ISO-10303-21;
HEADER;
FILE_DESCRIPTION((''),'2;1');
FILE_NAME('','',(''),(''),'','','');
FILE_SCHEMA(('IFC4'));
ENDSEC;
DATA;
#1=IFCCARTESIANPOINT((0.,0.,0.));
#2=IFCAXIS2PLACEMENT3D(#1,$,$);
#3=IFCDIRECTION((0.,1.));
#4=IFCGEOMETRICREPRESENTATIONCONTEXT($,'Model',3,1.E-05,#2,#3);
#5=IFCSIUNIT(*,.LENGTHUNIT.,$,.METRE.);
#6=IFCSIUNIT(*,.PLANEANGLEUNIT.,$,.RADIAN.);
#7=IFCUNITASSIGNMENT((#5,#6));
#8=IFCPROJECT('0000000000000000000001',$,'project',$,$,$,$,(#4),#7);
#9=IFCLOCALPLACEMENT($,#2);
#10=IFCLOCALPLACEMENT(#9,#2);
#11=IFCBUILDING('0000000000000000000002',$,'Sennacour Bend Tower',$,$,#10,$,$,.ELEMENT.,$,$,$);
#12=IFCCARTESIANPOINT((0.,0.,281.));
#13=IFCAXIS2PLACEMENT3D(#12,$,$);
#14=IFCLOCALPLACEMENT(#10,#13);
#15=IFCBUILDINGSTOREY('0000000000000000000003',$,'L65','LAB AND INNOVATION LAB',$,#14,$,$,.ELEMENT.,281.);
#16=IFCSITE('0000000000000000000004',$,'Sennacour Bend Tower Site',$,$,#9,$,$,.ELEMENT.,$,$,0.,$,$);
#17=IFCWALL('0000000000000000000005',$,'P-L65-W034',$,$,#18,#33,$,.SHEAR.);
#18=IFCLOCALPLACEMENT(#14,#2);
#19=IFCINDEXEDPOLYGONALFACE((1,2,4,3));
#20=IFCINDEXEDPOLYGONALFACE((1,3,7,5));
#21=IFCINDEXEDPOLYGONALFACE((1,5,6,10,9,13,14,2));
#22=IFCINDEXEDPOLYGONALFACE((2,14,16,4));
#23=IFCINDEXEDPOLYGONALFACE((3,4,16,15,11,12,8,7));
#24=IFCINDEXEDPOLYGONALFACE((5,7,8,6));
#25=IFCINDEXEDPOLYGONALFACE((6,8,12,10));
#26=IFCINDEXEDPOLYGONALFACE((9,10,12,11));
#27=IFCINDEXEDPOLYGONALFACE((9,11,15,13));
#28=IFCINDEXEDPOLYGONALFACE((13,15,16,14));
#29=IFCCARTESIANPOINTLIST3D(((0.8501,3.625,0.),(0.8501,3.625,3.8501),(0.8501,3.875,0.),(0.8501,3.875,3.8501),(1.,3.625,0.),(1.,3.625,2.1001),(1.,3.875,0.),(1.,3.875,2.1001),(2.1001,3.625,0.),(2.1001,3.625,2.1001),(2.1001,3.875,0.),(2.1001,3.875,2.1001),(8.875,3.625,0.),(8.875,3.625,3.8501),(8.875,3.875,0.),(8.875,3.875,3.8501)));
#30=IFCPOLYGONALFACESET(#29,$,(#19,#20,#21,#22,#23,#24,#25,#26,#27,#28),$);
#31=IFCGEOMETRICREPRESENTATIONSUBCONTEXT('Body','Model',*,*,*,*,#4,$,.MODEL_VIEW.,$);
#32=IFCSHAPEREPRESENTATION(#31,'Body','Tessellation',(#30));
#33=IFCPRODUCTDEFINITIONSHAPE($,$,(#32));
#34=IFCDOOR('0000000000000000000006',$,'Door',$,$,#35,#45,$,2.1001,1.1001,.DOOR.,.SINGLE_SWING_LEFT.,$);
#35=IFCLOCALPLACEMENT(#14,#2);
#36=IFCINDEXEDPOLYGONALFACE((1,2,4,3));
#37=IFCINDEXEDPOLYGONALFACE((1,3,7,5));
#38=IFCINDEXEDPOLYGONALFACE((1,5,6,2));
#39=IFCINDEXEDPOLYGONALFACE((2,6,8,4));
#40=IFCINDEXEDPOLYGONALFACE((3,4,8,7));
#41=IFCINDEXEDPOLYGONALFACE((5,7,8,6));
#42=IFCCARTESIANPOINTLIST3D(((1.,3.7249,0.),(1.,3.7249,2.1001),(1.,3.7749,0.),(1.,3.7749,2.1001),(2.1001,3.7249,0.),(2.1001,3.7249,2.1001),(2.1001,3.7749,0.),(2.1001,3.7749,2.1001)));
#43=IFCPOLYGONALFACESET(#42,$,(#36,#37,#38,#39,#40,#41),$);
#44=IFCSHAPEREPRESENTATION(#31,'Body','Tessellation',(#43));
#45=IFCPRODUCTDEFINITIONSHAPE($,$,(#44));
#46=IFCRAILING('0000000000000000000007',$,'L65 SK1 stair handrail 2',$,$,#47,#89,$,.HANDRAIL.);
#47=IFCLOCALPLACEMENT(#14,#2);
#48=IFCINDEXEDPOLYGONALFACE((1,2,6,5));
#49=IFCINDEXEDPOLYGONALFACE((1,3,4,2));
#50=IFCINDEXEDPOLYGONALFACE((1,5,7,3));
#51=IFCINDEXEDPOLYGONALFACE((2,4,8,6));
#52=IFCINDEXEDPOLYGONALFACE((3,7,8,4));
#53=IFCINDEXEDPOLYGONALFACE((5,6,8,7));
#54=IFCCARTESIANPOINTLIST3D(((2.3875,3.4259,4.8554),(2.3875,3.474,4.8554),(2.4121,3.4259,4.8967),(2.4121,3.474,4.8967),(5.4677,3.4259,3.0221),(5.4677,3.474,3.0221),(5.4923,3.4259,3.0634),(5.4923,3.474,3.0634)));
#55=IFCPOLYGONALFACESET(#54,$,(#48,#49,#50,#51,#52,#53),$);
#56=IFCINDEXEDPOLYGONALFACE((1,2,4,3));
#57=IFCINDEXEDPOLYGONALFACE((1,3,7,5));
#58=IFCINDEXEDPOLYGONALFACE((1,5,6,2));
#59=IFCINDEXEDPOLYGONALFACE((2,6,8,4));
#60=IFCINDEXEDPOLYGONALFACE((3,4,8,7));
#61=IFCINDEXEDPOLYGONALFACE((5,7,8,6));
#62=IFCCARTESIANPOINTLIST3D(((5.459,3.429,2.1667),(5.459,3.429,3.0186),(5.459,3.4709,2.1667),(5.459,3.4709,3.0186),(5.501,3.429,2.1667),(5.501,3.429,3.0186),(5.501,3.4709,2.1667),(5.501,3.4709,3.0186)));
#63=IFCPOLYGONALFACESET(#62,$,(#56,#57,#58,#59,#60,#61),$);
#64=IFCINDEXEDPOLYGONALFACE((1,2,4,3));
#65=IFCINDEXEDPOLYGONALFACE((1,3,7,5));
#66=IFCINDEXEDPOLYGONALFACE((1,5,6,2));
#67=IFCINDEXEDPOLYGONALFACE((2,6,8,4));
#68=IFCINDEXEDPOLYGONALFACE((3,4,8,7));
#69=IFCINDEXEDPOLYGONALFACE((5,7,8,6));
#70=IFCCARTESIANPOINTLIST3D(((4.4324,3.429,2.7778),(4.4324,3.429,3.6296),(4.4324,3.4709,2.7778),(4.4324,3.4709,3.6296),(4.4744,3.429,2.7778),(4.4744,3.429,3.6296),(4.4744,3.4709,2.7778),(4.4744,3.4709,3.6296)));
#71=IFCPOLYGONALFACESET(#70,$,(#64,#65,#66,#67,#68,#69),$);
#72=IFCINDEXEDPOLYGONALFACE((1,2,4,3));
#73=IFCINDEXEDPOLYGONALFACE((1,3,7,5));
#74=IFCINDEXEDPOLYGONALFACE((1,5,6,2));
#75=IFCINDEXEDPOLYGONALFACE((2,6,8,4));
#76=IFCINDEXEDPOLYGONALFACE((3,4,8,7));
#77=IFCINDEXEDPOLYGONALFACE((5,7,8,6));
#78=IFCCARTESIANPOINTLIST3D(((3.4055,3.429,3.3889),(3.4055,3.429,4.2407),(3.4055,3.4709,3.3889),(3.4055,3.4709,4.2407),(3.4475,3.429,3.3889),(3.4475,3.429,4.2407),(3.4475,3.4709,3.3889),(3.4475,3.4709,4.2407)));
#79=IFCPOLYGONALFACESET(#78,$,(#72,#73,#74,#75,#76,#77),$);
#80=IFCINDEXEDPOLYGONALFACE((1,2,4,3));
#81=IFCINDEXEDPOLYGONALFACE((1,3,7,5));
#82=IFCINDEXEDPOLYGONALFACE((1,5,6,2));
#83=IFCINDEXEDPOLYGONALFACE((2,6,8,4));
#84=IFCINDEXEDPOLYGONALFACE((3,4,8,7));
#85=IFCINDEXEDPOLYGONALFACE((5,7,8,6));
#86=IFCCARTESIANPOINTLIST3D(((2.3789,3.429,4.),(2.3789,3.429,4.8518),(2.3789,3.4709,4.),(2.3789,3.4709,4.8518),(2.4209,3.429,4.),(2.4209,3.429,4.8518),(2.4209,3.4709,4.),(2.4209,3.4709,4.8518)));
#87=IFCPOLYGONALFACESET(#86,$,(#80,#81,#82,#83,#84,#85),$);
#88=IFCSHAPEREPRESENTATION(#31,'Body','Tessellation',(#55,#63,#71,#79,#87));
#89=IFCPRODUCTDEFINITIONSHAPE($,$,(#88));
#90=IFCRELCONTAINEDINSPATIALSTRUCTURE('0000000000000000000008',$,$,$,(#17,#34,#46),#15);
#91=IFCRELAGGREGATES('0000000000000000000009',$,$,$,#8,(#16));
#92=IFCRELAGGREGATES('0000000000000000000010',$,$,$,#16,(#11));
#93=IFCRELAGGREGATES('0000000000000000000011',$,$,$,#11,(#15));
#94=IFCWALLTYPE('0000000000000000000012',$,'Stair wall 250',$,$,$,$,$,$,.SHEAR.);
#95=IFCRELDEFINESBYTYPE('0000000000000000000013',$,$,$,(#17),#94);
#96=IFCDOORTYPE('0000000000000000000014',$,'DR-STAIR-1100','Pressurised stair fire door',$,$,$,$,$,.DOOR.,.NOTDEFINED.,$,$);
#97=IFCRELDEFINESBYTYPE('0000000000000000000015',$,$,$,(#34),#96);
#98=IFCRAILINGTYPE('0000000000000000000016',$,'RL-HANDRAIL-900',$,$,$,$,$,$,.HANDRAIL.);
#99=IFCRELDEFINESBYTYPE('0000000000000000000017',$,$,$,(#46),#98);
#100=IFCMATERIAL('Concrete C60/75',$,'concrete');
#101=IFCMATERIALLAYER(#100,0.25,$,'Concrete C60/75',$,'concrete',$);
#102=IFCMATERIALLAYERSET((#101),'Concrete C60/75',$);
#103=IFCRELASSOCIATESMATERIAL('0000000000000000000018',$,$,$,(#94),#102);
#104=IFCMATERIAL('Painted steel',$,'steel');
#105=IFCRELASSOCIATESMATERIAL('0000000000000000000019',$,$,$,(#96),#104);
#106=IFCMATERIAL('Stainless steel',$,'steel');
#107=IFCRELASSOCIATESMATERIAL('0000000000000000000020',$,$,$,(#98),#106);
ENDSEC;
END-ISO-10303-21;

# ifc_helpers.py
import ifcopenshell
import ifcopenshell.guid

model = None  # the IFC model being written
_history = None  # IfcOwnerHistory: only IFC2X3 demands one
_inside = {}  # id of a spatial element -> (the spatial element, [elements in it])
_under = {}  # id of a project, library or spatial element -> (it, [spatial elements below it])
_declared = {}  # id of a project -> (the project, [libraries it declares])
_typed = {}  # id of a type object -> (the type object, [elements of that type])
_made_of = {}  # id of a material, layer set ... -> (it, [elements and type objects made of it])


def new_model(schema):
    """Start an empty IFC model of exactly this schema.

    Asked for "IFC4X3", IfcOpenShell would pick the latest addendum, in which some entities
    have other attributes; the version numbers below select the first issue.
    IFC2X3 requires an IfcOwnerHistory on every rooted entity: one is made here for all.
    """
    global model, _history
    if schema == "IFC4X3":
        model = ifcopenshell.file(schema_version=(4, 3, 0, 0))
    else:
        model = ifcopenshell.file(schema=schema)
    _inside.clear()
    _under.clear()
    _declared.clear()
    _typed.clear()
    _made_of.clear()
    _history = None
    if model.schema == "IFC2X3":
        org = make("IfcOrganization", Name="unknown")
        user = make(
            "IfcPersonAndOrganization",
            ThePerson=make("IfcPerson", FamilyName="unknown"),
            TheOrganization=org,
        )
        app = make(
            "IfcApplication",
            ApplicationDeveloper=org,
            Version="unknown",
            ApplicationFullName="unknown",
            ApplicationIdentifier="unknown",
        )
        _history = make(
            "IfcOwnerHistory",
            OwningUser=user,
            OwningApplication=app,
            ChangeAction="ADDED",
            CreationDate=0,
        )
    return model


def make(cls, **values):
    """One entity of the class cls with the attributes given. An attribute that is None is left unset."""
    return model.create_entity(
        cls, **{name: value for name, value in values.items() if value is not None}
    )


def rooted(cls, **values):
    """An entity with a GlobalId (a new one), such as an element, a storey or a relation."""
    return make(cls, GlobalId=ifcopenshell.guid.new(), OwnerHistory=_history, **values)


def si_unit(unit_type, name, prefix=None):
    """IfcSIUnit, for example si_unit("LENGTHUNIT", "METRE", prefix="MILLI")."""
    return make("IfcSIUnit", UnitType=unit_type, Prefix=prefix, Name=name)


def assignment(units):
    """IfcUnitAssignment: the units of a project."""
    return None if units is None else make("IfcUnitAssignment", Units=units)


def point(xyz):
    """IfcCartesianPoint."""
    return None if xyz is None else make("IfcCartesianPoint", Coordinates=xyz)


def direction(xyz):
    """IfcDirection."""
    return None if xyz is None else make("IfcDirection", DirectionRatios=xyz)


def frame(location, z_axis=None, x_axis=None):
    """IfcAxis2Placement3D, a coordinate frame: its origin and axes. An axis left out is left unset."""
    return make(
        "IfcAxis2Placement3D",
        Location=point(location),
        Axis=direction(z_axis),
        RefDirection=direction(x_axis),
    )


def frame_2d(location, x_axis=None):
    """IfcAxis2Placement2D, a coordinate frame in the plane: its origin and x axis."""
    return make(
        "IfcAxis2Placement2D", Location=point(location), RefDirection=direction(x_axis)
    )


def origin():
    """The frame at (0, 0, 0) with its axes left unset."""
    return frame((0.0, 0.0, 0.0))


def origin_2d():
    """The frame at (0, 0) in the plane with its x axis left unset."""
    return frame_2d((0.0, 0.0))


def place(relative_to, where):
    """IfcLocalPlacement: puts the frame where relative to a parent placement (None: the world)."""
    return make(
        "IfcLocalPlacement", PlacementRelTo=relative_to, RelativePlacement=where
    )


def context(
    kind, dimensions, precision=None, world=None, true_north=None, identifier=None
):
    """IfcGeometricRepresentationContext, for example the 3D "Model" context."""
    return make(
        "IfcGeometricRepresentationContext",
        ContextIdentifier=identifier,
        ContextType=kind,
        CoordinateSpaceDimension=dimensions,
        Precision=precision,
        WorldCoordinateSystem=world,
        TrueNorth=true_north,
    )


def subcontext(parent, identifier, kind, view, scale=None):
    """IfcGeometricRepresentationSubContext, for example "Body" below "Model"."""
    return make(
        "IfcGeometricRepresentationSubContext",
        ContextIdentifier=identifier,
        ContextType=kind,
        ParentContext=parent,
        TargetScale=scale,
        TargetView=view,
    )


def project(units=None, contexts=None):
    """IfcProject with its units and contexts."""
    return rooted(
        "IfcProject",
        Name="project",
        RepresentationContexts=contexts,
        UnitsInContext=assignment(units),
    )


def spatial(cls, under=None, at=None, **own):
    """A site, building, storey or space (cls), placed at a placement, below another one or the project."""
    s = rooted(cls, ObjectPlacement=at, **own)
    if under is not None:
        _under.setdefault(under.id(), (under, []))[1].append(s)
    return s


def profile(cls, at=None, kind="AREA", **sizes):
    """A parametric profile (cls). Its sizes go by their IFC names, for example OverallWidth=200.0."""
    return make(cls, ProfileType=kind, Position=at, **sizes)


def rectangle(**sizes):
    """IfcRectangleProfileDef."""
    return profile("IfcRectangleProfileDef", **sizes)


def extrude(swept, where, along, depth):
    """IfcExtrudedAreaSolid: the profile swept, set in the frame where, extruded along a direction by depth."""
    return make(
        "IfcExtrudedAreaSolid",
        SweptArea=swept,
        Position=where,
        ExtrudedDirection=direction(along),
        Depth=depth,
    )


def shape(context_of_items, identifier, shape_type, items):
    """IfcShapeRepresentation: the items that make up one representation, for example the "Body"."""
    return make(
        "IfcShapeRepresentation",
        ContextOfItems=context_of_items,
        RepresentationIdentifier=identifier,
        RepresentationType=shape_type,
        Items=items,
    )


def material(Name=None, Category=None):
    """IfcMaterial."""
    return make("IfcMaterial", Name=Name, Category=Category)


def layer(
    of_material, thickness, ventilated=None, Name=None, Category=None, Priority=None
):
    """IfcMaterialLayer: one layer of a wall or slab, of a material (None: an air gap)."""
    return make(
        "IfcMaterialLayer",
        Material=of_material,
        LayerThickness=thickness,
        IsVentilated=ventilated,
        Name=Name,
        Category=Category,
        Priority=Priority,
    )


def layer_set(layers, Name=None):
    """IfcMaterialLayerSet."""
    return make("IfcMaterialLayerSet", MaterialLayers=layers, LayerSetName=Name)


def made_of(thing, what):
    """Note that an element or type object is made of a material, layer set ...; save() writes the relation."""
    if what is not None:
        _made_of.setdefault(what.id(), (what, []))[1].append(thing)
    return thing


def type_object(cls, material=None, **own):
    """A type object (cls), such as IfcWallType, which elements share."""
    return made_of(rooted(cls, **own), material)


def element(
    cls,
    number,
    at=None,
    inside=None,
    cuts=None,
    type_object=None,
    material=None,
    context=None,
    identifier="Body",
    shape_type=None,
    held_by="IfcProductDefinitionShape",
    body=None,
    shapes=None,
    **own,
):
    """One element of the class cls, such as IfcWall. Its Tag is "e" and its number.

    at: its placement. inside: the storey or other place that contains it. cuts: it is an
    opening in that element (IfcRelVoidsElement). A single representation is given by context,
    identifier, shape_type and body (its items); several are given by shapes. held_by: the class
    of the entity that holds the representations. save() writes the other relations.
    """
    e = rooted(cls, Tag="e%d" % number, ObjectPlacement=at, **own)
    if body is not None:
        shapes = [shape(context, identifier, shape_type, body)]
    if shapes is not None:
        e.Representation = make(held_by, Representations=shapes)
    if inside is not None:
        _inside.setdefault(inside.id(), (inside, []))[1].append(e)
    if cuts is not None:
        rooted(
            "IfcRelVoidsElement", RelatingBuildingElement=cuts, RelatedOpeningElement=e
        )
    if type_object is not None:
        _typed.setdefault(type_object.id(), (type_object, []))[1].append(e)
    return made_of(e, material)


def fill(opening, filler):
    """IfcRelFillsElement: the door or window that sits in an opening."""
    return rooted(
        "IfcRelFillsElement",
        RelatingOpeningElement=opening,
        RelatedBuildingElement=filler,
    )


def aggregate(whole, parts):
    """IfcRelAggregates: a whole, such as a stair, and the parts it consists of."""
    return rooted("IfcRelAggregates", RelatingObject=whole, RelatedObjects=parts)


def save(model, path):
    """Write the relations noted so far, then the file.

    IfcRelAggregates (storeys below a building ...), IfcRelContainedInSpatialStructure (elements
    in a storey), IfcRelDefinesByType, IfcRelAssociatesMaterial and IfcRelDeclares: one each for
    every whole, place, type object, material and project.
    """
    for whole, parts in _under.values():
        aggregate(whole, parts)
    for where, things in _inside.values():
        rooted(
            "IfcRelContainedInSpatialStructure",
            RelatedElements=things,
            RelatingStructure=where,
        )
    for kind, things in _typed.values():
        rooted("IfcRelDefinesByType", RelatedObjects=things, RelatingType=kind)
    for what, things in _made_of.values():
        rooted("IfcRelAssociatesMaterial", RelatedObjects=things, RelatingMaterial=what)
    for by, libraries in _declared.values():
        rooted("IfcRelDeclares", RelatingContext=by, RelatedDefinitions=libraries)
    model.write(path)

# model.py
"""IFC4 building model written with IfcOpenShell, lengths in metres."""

from ifc_helpers import new_model, si_unit, direction, frame, frame_2d, origin, origin_2d, place, context, subcontext, project, spatial, rectangle, extrude, material, layer, layer_set, type_object, element, fill, save


model = new_model("IFC4")

# Units and contexts
model_context = context("Model", 3, precision=1e-05, world=origin(), true_north=direction((0.0, 1.0)))
body_context = subcontext(model_context, "Body", "Model", "MODEL_VIEW")
ifc_project = project(units=[si_unit("LENGTHUNIT", "METRE"), si_unit("PLANEANGLEUNIT", "RADIAN")], contexts=[model_context])

# Site, building, storey
site_placement = place(None, origin())
site = spatial("IfcSite", under=ifc_project, at=site_placement, Name="Sennacour Bend Tower Site", CompositionType="ELEMENT", RefElevation=0.0)
building_placement = place(site_placement, origin())
building = spatial("IfcBuilding", under=site, at=building_placement, Name="Sennacour Bend Tower", CompositionType="ELEMENT")
storey_placement = place(building_placement, frame((0.0, 0.0, 281.0)))
storey = spatial("IfcBuildingStorey", under=building, at=storey_placement, Name="L65", Description="LAB AND INNOVATION LAB", CompositionType="ELEMENT", Elevation=281.0)

# Wall, opening, door
ifc_material_1 = material(Name="Concrete C60/75", Category="concrete")
ifc_layer_1 = layer(ifc_material_1, 0.25, Name="Concrete C60/75", Category="concrete")
ifc_layer_set_1 = layer_set([ifc_layer_1], Name="Concrete C60/75")
wall_type_1 = type_object("IfcWallType", Name="Stair wall 250", PredefinedType="SHEAR", material=ifc_layer_set_1)
wall_1_placement = place(storey_placement, frame((0.8501, 3.75, 0.0), z_axis=(0.0, 0.0, 1.0), x_axis=(1.0, 0.0, 0.0)))
wall_1 = element("IfcWall", 1, at=wall_1_placement, inside=storey, type_object=wall_type_1, Name="P-L65-W034", PredefinedType="SHEAR", context=body_context, shape_type="SweptSolid", body=[
    extrude(rectangle(XDim=8.0249, YDim=0.25, at=frame_2d((4.0125, 0.0))), origin(), (0.0, 0.0, 1.0), 3.8501),
])
opening_1_placement = place(wall_1_placement, frame((0.1499, 0.0, 0.0)))
opening_1 = element("IfcOpeningElement", 2, at=opening_1_placement, cuts=wall_1, PredefinedType="OPENING", context=body_context, shape_type="SweptSolid", body=[
    extrude(rectangle(XDim=1.1001, YDim=2.1001, at=frame_2d((0.55, 1.05))), frame((0.0, 0.135, 0.0), z_axis=(0.0, -1.0, 0.0), x_axis=(1.0, 0.0, 0.0)), (0.0, 0.0, 1.0), 0.27),
])
ifc_material_2 = material(Name="Painted steel", Category="steel")
door_type = type_object("IfcDoorType", Name="DR-STAIR-1100", Description="Pressurised stair fire door", OperationType="NOTDEFINED", PredefinedType="DOOR", material=ifc_material_2)
door_placement = place(opening_1_placement, origin())
door = element("IfcDoor", 3, at=door_placement, inside=storey, type_object=door_type, Name="Door", OperationType="SINGLE_SWING_LEFT", OverallHeight=2.1001, OverallWidth=1.1001, PredefinedType="DOOR", context=body_context, shape_type="SweptSolid", body=[
    extrude(rectangle(XDim=1.1001, YDim=2.1001, at=frame_2d((0.55, 1.05))), frame((0.0, 0.0249, 0.0), z_axis=(0.0, -1.0, 0.0), x_axis=(1.0, 0.0, 0.0)), (0.0, 0.0, 1.0), 0.05),
])
fill(opening_1, door)

# Railing
ifc_material_3 = material(Name="Stainless steel", Category="steel")
railing_type = type_object("IfcRailingType", Name="RL-HANDRAIL-900", PredefinedType="HANDRAIL", material=ifc_material_3)
railing_placement = place(storey_placement, frame((5.48, 3.45, 2.1667)))
element("IfcRailing", 4, at=railing_placement, inside=storey, type_object=railing_type, Name="L65 SK1 stair handrail 2", PredefinedType="HANDRAIL", context=body_context, shape_type="SweptSolid", body=[
    extrude(rectangle(XDim=0.0481, YDim=0.0481, at=origin_2d()), frame((0.0, 0.0, 0.876), z_axis=(-0.859309, 0.0, 0.511458), x_axis=(0.0, -1.0, 0.0)), (0.0, 0.0, 1.0), 3.5845),
    extrude(rectangle(XDim=0.042, YDim=0.042, at=origin_2d()), origin(), (0.0, 0.0, 1.0), 0.8518),
    extrude(rectangle(XDim=0.042, YDim=0.042, at=origin_2d()), frame((-1.0266, 0.0, 0.6111)), (0.0, 0.0, 1.0), 0.8518),
    extrude(rectangle(XDim=0.042, YDim=0.042, at=origin_2d()), frame((-2.0535, 0.0, 1.2222)), (0.0, 0.0, 1.0), 0.8518),
    extrude(rectangle(XDim=0.042, YDim=0.042, at=origin_2d()), frame((-3.0801, 0.0, 1.8333)), (0.0, 0.0, 1.0), 0.8518),
])

save(model, "model.ifc")
